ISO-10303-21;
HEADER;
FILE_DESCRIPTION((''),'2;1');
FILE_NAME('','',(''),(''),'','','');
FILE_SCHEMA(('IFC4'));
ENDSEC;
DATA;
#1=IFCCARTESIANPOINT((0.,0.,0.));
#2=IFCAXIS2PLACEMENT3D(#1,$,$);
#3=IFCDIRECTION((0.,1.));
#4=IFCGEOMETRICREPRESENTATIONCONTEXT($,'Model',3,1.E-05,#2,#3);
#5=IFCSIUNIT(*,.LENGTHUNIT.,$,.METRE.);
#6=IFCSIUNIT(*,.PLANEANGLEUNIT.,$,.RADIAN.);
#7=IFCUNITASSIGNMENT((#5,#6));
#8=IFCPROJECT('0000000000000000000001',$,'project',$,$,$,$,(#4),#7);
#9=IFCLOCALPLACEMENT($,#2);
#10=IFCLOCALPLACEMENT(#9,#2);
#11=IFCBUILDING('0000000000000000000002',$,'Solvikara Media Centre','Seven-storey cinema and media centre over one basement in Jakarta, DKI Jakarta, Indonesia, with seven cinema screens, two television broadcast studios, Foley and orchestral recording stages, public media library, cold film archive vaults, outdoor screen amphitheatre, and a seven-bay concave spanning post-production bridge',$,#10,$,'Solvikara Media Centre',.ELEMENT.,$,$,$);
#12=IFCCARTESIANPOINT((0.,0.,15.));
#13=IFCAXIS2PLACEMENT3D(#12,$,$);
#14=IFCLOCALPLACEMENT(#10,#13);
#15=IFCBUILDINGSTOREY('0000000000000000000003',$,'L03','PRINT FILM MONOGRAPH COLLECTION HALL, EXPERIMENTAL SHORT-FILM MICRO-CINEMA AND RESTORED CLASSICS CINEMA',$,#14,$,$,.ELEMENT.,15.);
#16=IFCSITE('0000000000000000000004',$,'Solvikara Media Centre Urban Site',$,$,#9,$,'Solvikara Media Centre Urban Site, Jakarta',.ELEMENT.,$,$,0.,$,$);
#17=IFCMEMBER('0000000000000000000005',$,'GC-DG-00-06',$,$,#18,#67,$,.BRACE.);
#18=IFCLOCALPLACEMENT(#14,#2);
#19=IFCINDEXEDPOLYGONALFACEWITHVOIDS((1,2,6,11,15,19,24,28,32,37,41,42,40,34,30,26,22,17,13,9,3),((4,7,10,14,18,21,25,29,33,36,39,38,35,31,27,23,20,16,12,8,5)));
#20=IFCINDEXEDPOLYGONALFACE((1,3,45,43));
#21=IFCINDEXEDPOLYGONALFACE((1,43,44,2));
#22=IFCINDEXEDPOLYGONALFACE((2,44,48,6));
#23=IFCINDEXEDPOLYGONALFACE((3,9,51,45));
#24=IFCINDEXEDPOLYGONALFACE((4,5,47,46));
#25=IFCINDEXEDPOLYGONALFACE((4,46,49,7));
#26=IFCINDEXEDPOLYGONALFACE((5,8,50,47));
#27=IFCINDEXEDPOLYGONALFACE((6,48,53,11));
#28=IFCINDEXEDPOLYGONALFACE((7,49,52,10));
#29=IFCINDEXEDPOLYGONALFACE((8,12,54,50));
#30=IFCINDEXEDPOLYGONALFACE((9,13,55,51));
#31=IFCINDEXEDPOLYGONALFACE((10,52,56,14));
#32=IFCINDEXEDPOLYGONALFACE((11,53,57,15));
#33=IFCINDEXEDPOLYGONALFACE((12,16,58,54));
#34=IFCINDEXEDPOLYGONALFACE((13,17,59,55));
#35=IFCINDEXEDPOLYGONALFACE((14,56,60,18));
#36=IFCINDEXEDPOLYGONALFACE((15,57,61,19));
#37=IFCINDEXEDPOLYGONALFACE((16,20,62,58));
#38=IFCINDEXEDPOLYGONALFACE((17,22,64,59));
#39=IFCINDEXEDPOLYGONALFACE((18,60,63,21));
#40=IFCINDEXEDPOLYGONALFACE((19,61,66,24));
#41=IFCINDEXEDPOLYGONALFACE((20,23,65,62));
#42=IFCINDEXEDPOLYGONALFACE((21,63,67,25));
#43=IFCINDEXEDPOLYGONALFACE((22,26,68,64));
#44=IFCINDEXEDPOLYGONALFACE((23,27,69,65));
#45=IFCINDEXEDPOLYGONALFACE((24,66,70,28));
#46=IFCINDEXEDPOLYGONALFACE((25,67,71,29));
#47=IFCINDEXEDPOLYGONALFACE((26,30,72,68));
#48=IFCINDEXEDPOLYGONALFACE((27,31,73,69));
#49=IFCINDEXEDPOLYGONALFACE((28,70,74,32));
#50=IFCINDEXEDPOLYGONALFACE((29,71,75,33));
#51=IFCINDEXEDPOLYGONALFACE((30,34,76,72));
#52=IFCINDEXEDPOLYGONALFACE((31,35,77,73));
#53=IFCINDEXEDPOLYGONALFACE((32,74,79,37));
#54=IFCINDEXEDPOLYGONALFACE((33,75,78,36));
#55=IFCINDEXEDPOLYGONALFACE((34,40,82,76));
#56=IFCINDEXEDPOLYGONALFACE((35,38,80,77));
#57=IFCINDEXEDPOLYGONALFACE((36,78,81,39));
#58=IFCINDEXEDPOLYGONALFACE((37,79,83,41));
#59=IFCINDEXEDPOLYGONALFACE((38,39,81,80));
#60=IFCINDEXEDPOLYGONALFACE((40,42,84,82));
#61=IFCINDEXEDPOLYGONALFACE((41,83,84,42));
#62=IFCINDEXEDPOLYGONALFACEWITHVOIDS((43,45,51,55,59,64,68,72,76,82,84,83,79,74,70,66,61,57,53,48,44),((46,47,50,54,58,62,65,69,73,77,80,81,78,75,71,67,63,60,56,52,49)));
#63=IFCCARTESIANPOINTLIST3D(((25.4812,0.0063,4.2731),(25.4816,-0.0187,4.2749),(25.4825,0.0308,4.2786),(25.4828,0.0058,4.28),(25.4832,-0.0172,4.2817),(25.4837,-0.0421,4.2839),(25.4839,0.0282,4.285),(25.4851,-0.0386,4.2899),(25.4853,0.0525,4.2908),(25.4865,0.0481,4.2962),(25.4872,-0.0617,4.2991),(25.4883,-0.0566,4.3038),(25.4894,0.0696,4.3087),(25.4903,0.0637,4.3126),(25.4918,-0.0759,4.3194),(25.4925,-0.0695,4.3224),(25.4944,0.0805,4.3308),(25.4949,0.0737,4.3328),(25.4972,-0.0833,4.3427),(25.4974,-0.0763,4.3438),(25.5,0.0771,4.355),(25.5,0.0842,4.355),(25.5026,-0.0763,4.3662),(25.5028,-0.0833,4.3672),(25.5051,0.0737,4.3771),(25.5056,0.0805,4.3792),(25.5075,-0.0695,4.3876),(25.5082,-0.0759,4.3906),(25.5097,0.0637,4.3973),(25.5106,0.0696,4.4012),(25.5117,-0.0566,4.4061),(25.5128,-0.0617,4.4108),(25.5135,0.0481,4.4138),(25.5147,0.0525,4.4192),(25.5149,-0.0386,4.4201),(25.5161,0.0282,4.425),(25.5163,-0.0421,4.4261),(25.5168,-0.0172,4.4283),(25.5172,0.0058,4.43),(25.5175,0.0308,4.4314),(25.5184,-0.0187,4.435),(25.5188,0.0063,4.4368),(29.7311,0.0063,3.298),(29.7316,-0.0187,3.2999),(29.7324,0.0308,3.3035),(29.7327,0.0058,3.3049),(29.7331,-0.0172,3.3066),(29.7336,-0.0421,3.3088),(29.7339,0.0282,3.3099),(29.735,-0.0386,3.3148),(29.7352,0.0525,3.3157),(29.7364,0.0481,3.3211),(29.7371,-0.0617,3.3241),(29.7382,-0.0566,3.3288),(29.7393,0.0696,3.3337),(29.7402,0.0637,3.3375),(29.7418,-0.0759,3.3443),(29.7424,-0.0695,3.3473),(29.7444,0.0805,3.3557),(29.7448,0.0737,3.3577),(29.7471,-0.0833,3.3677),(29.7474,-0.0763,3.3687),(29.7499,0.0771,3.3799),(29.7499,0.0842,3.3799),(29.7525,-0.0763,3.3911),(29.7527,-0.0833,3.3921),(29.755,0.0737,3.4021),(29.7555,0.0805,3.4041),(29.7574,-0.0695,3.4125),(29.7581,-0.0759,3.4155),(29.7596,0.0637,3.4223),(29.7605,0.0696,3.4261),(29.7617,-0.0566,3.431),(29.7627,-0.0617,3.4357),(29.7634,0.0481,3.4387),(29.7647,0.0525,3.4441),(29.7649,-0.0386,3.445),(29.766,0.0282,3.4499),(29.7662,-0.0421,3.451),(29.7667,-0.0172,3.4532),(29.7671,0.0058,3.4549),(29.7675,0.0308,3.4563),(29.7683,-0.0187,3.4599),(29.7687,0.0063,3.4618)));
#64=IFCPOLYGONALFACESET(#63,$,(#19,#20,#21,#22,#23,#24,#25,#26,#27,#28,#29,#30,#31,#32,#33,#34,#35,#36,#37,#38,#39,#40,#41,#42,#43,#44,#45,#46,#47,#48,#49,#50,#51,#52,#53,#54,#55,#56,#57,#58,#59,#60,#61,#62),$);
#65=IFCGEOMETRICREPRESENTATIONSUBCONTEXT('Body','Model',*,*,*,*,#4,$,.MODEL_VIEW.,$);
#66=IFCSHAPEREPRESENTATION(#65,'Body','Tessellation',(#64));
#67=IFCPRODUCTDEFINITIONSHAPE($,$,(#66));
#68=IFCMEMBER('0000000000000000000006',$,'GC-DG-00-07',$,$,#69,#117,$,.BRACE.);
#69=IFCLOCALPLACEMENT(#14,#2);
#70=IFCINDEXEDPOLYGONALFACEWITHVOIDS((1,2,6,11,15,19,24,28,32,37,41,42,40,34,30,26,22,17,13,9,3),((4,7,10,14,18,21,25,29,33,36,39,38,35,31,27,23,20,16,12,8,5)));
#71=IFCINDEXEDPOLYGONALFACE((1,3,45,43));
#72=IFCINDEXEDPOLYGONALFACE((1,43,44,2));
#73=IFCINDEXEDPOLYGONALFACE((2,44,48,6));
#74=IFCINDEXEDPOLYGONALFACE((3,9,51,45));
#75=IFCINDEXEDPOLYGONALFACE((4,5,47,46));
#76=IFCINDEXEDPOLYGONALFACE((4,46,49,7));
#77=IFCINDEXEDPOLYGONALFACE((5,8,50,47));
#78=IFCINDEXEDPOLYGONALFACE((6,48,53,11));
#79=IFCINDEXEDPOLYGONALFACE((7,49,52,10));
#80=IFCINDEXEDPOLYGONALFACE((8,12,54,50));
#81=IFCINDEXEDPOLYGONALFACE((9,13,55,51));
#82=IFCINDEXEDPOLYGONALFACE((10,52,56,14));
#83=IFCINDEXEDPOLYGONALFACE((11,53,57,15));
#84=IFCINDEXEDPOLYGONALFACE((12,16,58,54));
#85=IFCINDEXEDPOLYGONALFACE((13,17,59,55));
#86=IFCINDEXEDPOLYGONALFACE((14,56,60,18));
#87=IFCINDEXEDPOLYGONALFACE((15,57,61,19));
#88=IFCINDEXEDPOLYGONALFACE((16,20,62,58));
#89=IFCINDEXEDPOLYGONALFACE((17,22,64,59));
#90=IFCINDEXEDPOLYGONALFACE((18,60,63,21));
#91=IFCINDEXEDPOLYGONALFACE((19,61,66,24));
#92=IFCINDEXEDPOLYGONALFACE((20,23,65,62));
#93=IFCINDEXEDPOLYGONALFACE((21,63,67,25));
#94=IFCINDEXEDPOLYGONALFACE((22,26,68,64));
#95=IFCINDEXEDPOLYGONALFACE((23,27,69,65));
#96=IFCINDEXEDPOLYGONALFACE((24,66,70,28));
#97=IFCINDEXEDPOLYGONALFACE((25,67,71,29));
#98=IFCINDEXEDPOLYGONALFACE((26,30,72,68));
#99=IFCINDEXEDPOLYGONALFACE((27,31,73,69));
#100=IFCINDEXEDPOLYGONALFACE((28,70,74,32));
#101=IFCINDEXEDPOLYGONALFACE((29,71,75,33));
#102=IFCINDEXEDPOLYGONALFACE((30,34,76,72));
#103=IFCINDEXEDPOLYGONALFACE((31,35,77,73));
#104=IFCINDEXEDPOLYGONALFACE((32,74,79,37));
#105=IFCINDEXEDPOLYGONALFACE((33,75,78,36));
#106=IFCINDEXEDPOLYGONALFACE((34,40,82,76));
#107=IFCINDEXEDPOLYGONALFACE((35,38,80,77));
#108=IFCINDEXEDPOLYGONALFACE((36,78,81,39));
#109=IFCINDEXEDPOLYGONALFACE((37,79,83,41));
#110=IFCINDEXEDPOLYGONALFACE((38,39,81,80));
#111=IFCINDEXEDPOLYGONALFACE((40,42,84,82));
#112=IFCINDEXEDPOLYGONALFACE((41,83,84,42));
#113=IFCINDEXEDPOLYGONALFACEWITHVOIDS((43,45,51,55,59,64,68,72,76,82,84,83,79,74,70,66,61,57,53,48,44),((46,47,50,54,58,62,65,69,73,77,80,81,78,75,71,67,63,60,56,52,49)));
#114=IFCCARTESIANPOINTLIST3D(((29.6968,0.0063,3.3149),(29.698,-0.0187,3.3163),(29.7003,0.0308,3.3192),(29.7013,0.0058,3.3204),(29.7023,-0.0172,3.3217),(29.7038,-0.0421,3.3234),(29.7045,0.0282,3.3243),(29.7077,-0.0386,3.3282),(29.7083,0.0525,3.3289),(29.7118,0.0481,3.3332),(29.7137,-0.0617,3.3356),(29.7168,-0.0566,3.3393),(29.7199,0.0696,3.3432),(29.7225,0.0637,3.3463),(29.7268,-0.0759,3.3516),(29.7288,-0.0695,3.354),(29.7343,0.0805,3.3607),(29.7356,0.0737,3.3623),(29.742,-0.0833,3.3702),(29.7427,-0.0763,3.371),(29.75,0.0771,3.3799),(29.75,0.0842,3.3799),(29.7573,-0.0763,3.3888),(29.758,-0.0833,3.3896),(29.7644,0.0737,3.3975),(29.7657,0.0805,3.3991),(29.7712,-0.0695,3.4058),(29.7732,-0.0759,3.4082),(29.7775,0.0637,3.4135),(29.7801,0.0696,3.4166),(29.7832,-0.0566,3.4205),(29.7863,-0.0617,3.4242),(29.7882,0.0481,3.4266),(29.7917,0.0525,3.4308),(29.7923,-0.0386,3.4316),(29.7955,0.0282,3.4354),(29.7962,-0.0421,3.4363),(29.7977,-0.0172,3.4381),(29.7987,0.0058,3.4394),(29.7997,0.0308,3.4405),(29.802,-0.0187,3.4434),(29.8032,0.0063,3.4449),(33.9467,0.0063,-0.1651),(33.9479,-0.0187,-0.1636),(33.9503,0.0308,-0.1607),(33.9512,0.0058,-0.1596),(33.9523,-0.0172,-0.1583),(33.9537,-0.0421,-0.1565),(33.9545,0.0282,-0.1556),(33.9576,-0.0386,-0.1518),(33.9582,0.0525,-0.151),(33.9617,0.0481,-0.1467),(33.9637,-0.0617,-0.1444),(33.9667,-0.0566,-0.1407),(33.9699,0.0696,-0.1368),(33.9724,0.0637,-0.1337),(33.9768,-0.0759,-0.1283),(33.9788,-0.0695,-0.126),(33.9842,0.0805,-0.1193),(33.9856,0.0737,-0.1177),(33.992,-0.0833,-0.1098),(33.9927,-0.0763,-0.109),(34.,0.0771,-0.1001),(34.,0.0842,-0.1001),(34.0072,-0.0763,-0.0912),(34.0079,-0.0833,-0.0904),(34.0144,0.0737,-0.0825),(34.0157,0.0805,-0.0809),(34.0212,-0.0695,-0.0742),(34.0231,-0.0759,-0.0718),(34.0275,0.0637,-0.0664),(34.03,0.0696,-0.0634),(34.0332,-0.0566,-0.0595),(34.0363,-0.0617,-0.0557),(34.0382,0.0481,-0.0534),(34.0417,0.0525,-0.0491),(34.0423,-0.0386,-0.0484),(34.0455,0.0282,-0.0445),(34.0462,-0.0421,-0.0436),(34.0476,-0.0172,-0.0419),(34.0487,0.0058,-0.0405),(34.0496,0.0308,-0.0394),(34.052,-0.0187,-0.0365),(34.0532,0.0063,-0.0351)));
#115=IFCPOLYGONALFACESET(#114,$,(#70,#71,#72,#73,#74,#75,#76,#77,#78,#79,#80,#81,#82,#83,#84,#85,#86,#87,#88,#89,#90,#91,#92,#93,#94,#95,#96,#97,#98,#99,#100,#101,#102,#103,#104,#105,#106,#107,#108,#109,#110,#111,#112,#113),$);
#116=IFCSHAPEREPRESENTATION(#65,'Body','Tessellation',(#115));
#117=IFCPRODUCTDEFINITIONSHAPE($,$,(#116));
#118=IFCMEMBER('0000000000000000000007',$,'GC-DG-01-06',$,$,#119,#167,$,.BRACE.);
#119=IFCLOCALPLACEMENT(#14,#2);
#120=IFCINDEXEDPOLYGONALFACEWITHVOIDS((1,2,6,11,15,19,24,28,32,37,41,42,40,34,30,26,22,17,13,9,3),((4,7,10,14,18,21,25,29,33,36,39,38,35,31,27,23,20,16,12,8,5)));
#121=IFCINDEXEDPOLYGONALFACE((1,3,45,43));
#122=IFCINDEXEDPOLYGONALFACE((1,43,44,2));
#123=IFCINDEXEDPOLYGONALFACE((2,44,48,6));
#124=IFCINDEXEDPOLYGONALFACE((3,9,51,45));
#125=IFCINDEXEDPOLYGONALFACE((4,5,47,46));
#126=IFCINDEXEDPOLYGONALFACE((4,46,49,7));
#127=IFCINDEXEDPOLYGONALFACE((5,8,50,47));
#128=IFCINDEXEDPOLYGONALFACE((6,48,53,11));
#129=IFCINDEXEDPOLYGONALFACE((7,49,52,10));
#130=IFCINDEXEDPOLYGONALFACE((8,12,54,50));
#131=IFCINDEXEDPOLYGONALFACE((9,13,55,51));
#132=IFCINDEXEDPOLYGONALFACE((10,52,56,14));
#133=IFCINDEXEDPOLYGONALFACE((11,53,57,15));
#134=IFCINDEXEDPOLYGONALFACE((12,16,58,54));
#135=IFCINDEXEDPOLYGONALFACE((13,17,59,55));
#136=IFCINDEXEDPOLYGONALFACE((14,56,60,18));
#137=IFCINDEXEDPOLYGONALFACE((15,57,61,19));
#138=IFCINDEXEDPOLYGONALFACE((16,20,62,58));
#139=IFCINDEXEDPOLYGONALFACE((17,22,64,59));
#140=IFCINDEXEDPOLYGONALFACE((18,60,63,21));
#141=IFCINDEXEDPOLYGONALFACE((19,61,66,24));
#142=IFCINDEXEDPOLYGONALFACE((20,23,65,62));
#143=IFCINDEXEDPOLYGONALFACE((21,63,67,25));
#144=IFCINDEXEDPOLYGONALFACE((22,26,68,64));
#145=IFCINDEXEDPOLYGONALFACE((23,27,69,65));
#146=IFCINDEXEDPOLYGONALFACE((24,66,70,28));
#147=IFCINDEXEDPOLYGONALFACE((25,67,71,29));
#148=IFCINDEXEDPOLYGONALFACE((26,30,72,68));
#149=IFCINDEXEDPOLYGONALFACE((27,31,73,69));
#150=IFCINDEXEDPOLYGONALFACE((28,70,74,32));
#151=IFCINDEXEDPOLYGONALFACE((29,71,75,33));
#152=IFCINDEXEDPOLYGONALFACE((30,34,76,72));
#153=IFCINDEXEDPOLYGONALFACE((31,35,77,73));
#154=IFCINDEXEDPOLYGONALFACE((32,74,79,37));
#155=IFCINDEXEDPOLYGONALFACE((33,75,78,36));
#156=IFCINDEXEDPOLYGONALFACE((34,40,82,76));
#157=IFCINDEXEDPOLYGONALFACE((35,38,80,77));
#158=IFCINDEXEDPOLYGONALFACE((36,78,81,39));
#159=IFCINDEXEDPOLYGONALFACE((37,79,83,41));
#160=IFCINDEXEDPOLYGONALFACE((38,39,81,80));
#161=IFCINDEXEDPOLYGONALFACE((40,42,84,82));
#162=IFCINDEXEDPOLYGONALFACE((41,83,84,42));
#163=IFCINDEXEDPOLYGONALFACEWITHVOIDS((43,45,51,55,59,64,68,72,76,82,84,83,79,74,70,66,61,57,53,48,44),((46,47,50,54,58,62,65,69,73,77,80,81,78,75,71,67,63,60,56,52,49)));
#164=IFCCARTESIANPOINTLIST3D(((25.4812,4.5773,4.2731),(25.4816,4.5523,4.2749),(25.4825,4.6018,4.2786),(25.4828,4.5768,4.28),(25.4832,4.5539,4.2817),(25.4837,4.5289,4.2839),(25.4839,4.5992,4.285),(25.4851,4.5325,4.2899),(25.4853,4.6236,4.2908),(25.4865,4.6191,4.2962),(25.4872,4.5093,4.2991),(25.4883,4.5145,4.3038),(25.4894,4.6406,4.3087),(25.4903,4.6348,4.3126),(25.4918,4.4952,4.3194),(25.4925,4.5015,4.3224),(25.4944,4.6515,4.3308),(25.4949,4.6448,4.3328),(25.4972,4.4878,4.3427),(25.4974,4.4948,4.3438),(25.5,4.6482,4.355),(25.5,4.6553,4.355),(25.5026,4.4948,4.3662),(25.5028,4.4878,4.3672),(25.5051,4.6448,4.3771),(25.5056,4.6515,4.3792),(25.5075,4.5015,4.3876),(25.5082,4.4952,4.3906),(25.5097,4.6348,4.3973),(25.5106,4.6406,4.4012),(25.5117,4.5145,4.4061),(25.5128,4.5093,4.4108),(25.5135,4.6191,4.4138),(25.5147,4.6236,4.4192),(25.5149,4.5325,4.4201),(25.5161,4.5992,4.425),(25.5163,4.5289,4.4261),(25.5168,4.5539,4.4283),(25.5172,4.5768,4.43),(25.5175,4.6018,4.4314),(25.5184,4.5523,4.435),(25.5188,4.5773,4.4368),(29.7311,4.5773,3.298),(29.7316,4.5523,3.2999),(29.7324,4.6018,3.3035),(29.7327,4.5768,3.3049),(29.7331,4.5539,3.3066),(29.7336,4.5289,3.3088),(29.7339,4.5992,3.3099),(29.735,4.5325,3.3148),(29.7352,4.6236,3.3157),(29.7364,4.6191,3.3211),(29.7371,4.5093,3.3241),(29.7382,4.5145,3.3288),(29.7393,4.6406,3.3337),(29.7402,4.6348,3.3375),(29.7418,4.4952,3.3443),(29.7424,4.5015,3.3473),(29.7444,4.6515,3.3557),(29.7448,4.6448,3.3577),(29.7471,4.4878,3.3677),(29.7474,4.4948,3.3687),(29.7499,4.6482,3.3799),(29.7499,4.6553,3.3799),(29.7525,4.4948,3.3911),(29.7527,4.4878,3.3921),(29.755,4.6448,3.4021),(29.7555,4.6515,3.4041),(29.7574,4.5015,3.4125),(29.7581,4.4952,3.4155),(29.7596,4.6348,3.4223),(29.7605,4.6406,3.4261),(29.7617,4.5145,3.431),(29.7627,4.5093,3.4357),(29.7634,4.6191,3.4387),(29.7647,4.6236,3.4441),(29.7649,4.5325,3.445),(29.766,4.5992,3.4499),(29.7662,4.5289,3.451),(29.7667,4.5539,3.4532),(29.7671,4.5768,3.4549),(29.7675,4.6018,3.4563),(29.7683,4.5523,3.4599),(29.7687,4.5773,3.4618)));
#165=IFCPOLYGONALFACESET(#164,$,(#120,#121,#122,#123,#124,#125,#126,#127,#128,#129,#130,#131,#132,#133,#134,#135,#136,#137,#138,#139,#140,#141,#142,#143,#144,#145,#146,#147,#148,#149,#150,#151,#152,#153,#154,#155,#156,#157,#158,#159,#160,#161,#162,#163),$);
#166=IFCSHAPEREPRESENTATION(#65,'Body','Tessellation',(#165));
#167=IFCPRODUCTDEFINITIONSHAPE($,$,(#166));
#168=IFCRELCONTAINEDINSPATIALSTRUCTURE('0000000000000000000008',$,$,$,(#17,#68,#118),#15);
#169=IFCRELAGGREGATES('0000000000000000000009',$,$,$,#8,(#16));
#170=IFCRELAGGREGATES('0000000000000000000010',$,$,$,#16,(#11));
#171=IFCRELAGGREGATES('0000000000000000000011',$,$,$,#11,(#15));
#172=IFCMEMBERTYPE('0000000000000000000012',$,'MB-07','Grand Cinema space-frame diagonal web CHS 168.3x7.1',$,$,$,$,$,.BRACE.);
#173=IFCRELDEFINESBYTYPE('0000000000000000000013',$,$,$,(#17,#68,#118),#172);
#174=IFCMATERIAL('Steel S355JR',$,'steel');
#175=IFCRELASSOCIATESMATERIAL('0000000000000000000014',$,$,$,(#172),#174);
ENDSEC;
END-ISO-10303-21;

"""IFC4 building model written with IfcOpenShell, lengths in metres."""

from ifc_helpers import new_model, si_unit, direction, frame, origin, origin_2d, place, context, subcontext, project, spatial, hollow_circle, extrude, material, material_profile, profile_set, type_object, element, save


model = new_model("IFC4")

# Units and contexts
model_context = context("Model", 3, precision=1e-05, world=origin(), true_north=direction((0.0, 1.0)))
body_context = subcontext(model_context, "Body", "Model", "MODEL_VIEW")
ifc_project = project(units=[si_unit("LENGTHUNIT", "METRE"), si_unit("PLANEANGLEUNIT", "RADIAN")], contexts=[model_context])

# Site, building, storey
site_placement = place(None, origin())
site = spatial("IfcSite", under=ifc_project, at=site_placement, Name="Solvikara Media Centre Urban Site", LongName="Solvikara Media Centre Urban Site, Jakarta", CompositionType="ELEMENT", RefElevation=0.0)
building_placement = place(site_placement, origin())
building = spatial("IfcBuilding", under=site, at=building_placement, Name="Solvikara Media Centre", Description="Seven-storey cinema and media centre over one basement in Jakarta, DKI Jakarta, Indonesia, with seven cinema screens, two television broadcast studios, Foley and orchestral recording stages, public media library, cold film archive vaults, outdoor screen amphitheatre, and a seven-bay concave spanning post-production bridge", LongName="Solvikara Media Centre", CompositionType="ELEMENT")
storey_placement = place(building_placement, frame((0.0, 0.0, 15.0)))
storey = spatial("IfcBuildingStorey", under=building, at=storey_placement, Name="L03", Description="PRINT FILM MONOGRAPH COLLECTION HALL, EXPERIMENTAL SHORT-FILM MICRO-CINEMA AND RESTORED CLASSICS CINEMA", CompositionType="ELEMENT", Elevation=15.0)

# Members
ifc_material_1 = material(Name="Steel S355JR", Category="steel")
ifc_material_profile_1 = material_profile(ifc_material_1, hollow_circle(Radius=0.0842, WallThickness=0.0071, at=origin_2d()), Name="CHS 168.3x7.1")
ifc_profile_set_1 = profile_set([ifc_material_profile_1], Name="Steel S355JR")
member_type_1 = type_object("IfcMemberType", Name="MB-07", Description="Grand Cinema space-frame diagonal web CHS 168.3x7.1", PredefinedType="BRACE", material=ifc_profile_set_1)
member_1_placement = place(storey_placement, frame((25.5, 0.0, 4.355), z_axis=(0.974675, 0.0, -0.223624), x_axis=(0.0, 1.0, 0.0)))
element("IfcMember", 1, at=member_1_placement, inside=storey, type_object=member_type_1, Name="GC-DG-00-06", PredefinedType="BRACE", context=body_context, shape_type="SweptSolid", body=[
    extrude(hollow_circle(Radius=0.0842, WallThickness=0.0071, at=origin_2d()), origin(), (0.0, 0.0, 1.0), 4.3604),
])
member_2_placement = place(storey_placement, frame((29.75, 0.0, 3.3799), z_axis=(0.773716, 0.0, -0.633533), x_axis=(0.0, 1.0, 0.0)))
element("IfcMember", 2, at=member_2_placement, inside=storey, type_object=member_type_1, Name="GC-DG-00-07", PredefinedType="BRACE", context=body_context, shape_type="SweptSolid", body=[
    extrude(hollow_circle(Radius=0.0842, WallThickness=0.0071, at=origin_2d()), origin(), (0.0, 0.0, 1.0), 5.4929),
])
member_3_placement = place(storey_placement, frame((25.5, 4.571, 4.355), z_axis=(0.974675, 0.0, -0.223624), x_axis=(0.0, 1.0, 0.0)))
element("IfcMember", 3, at=member_3_placement, inside=storey, type_object=member_type_1, Name="GC-DG-01-06", PredefinedType="BRACE", context=body_context, shape_type="SweptSolid", body=[
    extrude(hollow_circle(Radius=0.0842, WallThickness=0.0071, at=origin_2d()), origin(), (0.0, 0.0, 1.0), 4.3604),
])

save(model, "model.ifc")
